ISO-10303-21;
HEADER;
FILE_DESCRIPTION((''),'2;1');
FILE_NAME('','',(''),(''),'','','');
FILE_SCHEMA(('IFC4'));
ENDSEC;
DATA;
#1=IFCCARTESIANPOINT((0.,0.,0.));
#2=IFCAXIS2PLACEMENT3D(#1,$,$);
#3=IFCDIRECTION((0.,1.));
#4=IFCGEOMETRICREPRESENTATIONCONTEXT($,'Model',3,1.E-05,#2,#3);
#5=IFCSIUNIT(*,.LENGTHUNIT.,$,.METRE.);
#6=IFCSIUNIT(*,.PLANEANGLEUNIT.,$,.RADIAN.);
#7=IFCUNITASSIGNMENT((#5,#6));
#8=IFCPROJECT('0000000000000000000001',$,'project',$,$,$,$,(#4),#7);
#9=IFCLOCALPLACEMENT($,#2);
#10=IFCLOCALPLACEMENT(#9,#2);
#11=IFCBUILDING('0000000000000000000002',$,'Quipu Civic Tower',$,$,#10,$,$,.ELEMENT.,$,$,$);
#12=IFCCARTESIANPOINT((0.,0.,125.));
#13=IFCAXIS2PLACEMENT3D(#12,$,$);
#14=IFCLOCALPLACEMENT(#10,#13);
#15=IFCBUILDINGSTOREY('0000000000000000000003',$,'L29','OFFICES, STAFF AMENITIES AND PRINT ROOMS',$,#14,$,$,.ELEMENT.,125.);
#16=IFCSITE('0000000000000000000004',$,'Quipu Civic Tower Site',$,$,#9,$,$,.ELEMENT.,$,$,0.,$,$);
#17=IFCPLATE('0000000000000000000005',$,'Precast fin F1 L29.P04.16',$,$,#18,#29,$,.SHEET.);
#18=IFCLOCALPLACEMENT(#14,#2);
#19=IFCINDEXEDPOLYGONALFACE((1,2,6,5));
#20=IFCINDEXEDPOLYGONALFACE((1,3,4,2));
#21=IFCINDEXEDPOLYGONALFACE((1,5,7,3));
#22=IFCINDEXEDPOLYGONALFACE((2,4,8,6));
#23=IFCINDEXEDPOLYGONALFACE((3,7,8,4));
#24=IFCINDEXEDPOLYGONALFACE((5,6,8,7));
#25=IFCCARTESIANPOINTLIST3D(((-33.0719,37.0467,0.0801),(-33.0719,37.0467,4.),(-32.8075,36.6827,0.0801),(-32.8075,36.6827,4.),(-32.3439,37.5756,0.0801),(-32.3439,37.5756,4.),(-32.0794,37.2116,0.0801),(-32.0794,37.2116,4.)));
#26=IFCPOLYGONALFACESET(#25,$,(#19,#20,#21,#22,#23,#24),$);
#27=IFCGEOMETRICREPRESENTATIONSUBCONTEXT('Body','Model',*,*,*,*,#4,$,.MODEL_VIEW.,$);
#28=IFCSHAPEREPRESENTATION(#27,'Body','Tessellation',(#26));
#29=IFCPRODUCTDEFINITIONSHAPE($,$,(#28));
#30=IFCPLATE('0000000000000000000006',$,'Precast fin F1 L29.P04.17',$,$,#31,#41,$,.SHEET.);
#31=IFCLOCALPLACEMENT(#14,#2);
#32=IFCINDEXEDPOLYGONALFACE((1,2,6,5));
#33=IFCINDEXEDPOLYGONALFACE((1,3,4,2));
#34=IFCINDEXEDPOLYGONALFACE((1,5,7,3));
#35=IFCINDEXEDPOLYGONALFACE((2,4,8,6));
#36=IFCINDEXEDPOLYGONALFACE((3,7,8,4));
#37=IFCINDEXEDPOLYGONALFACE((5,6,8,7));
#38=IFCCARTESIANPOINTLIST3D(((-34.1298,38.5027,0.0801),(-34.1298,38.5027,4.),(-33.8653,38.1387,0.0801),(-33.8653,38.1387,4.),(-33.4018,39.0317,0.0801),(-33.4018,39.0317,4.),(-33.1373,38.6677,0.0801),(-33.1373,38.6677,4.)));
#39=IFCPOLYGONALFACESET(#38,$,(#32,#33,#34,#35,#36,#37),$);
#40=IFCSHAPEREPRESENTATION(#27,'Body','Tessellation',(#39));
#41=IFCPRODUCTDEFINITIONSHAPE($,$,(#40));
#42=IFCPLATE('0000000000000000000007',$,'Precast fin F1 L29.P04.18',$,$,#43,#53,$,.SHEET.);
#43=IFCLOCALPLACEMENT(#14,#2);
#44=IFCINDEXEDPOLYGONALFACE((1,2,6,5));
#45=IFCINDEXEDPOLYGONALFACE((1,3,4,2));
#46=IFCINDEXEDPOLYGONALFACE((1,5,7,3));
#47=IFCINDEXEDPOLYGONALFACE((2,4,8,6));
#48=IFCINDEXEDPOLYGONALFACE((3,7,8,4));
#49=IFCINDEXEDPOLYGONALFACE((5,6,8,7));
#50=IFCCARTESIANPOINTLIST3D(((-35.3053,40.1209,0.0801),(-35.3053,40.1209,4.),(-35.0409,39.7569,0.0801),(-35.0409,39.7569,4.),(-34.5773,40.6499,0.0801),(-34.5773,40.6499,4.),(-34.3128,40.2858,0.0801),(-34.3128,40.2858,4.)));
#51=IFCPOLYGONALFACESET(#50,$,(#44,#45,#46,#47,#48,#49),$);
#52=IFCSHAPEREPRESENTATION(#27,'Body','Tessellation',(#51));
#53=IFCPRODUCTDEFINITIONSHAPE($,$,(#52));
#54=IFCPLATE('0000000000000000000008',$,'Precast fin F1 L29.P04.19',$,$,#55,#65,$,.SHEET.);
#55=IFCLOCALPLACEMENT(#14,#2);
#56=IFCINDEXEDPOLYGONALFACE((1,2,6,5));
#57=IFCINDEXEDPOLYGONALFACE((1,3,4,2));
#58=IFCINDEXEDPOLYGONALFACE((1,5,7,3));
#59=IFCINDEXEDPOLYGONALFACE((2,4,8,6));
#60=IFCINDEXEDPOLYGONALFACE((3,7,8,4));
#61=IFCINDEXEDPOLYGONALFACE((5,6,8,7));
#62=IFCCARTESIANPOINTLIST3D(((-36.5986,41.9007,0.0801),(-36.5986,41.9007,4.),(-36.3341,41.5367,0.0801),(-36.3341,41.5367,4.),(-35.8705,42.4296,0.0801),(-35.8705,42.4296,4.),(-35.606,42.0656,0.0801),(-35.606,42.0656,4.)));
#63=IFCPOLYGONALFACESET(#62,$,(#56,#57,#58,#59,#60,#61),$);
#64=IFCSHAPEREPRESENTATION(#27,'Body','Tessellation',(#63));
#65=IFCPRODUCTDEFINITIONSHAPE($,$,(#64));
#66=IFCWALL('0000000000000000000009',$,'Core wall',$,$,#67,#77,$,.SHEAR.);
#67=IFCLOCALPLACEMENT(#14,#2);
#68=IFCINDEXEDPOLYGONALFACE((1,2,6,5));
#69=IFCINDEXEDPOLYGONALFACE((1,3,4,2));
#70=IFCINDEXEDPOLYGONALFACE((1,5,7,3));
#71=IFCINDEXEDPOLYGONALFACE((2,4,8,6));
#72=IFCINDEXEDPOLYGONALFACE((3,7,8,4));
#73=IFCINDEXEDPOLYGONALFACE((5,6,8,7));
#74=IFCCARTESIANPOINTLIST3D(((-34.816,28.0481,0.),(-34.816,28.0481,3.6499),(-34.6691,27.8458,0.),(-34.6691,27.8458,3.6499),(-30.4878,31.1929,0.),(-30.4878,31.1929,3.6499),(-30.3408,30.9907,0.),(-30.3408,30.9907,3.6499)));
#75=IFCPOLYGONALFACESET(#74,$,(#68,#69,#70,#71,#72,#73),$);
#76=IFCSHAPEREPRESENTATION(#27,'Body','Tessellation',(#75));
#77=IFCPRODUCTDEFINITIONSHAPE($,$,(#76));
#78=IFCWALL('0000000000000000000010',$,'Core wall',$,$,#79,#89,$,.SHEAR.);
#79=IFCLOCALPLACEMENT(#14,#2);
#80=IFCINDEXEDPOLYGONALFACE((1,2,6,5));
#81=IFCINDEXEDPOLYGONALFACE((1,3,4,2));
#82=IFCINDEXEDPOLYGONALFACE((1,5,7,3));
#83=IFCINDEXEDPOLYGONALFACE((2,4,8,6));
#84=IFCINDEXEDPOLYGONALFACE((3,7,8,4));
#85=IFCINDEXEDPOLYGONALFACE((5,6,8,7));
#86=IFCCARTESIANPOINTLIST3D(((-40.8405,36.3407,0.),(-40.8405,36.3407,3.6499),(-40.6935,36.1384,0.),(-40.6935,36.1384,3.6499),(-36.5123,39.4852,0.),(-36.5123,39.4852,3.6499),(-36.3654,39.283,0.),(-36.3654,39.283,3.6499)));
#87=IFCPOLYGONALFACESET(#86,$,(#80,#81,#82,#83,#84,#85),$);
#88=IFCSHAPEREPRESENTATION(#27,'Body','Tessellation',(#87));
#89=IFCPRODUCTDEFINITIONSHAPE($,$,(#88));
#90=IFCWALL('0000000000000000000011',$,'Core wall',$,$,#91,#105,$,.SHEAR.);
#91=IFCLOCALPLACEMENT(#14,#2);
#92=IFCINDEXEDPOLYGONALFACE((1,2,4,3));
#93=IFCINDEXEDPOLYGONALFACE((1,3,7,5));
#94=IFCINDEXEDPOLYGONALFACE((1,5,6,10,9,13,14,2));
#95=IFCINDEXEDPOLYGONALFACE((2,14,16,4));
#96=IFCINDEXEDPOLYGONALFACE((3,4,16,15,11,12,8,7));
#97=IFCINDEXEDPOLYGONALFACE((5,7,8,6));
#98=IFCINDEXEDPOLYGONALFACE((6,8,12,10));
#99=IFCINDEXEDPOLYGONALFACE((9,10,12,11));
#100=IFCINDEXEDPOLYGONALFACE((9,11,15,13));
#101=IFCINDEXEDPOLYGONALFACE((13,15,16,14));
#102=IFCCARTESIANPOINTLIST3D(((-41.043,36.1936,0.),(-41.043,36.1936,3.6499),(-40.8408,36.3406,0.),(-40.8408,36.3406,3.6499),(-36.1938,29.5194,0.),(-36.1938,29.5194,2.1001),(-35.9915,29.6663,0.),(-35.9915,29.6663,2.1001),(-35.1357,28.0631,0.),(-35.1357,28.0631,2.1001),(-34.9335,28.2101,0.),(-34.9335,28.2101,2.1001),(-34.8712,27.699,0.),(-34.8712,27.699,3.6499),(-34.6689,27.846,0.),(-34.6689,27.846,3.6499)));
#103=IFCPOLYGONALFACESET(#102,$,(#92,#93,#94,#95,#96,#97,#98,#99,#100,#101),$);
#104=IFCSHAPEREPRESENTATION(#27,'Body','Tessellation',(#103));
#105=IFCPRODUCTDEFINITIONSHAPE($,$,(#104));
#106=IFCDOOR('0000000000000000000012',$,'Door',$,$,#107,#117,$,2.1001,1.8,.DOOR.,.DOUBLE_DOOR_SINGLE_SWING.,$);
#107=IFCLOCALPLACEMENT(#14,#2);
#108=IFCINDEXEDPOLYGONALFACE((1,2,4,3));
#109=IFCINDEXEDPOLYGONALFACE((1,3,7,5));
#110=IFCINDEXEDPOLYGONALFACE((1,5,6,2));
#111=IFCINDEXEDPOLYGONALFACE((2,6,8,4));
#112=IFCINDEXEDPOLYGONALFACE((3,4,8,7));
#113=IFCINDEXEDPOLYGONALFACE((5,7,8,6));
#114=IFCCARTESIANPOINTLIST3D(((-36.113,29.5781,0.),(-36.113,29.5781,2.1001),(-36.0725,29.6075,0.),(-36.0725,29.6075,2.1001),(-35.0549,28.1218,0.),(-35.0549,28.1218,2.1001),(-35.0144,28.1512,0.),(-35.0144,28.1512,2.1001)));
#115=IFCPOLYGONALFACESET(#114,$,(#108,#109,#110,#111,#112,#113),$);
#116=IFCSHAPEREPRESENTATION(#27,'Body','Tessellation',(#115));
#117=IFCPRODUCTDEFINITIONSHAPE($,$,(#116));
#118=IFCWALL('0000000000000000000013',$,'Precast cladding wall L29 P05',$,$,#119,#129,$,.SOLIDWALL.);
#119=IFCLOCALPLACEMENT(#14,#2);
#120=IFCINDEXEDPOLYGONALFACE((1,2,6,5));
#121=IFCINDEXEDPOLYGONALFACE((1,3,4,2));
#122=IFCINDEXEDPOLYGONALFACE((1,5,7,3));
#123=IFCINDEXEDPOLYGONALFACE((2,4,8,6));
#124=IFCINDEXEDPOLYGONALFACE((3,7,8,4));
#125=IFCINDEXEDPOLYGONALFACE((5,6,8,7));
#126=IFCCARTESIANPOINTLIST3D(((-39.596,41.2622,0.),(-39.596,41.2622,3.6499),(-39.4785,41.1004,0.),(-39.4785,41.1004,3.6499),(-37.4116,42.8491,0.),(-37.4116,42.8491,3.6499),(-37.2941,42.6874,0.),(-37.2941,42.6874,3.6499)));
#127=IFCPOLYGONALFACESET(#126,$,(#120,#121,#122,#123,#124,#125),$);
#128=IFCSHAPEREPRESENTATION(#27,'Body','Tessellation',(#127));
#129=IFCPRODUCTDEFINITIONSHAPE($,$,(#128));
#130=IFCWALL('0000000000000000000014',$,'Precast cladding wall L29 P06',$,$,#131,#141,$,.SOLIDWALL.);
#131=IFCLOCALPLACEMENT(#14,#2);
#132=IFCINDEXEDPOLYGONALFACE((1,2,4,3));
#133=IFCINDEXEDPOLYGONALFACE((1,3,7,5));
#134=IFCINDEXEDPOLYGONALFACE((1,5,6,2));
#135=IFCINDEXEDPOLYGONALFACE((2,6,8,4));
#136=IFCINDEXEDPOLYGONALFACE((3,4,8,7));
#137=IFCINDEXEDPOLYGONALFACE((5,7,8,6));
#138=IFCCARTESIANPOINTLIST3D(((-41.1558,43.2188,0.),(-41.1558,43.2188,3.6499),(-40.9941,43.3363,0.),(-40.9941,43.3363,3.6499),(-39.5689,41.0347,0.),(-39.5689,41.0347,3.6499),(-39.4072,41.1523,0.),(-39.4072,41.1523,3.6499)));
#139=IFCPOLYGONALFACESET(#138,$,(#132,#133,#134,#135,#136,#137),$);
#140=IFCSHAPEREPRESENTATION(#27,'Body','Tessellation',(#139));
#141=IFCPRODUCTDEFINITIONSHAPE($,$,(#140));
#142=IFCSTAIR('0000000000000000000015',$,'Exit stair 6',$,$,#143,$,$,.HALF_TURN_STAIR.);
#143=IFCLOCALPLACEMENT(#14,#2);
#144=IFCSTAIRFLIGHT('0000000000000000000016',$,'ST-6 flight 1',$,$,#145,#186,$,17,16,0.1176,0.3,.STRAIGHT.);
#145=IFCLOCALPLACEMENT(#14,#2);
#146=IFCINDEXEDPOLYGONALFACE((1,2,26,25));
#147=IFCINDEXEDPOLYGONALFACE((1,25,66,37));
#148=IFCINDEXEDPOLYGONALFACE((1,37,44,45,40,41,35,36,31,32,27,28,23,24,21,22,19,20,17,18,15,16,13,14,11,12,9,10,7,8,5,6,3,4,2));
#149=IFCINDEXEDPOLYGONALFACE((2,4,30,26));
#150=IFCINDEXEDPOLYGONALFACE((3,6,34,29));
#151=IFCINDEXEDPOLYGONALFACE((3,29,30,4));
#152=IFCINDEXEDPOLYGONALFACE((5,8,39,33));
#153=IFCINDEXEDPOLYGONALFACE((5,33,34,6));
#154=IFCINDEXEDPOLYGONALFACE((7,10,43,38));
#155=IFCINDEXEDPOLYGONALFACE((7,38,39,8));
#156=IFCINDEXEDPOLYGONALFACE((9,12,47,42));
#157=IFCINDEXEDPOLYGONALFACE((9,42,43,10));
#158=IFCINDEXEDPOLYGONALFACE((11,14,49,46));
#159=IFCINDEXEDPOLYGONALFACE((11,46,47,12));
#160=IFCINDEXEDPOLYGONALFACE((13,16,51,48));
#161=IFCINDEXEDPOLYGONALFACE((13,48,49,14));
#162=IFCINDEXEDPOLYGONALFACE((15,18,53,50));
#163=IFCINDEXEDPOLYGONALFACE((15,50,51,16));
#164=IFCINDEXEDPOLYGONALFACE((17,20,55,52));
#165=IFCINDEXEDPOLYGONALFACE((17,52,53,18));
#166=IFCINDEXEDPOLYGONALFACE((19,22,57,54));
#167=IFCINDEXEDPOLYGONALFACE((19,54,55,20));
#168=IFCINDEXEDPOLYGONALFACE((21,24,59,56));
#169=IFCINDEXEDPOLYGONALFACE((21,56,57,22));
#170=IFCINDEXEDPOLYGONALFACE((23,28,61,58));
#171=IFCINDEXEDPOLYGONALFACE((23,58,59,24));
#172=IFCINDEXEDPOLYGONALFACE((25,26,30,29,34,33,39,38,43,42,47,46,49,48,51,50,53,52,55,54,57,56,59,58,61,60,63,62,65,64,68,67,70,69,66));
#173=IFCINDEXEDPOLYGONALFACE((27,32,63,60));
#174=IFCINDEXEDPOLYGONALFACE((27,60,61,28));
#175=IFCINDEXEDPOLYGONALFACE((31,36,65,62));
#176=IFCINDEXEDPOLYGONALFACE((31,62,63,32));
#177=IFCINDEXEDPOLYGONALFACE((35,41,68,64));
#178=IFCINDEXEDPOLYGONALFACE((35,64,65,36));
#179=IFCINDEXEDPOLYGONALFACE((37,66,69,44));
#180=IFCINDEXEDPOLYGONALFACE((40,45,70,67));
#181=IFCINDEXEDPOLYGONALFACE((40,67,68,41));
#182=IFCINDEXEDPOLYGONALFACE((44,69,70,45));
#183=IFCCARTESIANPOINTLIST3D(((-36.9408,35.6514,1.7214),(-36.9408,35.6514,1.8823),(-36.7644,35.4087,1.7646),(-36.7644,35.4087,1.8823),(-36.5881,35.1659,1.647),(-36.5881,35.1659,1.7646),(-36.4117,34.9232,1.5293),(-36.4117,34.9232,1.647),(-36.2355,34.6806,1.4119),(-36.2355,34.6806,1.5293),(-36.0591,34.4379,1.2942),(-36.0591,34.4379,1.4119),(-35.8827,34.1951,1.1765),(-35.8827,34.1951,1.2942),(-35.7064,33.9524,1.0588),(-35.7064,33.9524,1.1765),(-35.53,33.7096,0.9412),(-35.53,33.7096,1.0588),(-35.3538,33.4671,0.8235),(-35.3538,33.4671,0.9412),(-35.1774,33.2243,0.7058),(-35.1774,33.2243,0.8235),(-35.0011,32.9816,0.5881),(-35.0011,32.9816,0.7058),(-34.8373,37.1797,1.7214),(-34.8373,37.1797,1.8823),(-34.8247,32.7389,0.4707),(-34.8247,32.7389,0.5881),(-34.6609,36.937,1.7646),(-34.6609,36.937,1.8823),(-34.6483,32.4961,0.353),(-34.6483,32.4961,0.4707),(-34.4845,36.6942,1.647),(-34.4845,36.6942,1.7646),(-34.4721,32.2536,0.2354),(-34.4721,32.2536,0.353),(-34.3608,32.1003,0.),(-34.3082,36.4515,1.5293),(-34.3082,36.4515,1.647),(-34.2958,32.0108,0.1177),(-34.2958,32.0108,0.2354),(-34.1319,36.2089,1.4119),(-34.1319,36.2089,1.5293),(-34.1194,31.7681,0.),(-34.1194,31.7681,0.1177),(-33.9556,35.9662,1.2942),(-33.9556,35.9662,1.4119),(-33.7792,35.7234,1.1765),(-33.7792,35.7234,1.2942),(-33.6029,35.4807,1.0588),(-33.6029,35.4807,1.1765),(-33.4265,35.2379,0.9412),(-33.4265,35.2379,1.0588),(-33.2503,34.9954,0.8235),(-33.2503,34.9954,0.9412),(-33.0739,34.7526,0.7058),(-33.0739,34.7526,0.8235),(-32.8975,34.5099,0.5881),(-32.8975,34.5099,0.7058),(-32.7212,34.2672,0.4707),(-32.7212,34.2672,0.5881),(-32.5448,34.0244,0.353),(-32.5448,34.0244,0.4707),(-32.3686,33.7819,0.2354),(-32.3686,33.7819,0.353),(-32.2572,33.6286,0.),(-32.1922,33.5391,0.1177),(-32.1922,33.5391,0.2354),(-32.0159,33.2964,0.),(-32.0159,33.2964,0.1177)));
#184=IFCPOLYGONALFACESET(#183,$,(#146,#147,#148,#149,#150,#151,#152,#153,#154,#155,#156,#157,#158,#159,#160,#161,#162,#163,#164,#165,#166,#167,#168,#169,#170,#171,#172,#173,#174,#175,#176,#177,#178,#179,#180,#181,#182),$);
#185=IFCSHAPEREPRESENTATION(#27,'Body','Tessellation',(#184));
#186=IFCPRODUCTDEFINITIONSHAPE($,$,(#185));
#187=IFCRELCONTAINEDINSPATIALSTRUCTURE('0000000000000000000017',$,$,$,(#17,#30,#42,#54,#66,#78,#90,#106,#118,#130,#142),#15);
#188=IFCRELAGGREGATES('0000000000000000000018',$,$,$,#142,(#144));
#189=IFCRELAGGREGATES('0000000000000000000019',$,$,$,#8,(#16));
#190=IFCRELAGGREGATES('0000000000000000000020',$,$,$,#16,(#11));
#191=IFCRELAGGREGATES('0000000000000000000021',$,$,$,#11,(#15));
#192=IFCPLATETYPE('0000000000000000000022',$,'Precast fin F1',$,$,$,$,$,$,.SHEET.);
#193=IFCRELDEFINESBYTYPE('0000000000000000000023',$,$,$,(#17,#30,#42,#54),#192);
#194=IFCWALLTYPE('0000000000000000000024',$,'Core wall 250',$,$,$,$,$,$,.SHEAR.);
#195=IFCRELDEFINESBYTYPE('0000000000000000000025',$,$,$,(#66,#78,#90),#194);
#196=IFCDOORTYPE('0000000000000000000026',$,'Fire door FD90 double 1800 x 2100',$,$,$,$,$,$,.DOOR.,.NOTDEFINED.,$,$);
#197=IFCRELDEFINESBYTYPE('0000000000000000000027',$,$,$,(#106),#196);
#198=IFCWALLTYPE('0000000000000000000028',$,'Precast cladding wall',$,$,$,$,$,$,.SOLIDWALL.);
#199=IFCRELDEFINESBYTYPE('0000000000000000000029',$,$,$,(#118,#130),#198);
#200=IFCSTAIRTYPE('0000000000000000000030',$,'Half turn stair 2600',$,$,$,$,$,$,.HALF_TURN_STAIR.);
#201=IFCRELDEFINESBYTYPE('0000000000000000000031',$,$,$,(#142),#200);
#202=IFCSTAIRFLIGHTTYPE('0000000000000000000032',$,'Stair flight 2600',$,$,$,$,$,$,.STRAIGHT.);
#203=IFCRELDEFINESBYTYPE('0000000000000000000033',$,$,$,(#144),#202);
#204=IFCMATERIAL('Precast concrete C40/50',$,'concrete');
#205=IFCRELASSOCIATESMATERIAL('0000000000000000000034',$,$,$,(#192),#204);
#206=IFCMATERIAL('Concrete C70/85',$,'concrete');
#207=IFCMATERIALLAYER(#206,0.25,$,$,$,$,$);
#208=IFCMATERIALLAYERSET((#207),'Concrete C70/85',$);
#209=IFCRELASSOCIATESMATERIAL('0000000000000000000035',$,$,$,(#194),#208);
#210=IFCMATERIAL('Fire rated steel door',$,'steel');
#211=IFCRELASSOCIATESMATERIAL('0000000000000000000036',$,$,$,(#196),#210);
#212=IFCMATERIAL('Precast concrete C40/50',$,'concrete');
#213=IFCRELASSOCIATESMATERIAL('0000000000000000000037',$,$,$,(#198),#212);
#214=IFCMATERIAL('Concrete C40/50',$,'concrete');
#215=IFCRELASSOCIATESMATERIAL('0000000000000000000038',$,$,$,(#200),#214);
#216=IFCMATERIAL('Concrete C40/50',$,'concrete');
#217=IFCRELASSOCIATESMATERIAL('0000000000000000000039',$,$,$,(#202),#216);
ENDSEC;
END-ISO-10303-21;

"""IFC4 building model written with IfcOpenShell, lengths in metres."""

from ifc_helpers import new_model, si_unit, direction, frame, frame_2d, origin, origin_2d, place, context, subcontext, project, spatial, polyline, rectangle, outline, extrude, material, layer, layer_set, type_object, element, fill, aggregate, save


model = new_model("IFC4")

# Units and contexts
model_context = context("Model", 3, precision=1e-05, world=origin(), true_north=direction((0.0, 1.0)))
body_context = subcontext(model_context, "Body", "Model", "MODEL_VIEW")
ifc_project = project(units=[si_unit("LENGTHUNIT", "METRE"), si_unit("PLANEANGLEUNIT", "RADIAN")], contexts=[model_context])

# Site, building, storey
site_placement = place(None, origin())
site = spatial("IfcSite", under=ifc_project, at=site_placement, Name="Quipu Civic Tower Site", CompositionType="ELEMENT", RefElevation=0.0)
building_placement = place(site_placement, origin())
building = spatial("IfcBuilding", under=site, at=building_placement, Name="Quipu Civic Tower", CompositionType="ELEMENT")
storey_placement = place(building_placement, frame((0.0, 0.0, 125.0)))
storey = spatial("IfcBuildingStorey", under=building, at=storey_placement, Name="L29", Description="OFFICES, STAFF AMENITIES AND PRINT ROOMS", CompositionType="ELEMENT", Elevation=125.0)

# Plates
ifc_material_1 = material(Name="Precast concrete C40/50", Category="concrete")
plate_type_1 = type_object("IfcPlateType", Name="Precast fin F1", PredefinedType="SHEET", material=ifc_material_1)
for number, where, z_axis, x_axis, name in (
    (1, (-32.5757, 37.1292, 0.0801), (0.0, 0.0, 1.0), (-0.587785, 0.809017, 0.0), "Precast fin F1 L29.P04.16"),
    (2, (-33.6335, 38.5852, 0.0801), (0.0, 0.0, 1.0), (-0.587785, 0.809017, 0.0), "Precast fin F1 L29.P04.17"),
    (3, (-34.8091, 40.2034, 0.0801), (0.0, 0.0, 1.0), (-0.587785, 0.809017, 0.0), "Precast fin F1 L29.P04.18"),
    (4, (-36.1023, 41.9832, 0.0801), (0.0, 0.0, 1.0), (-0.587785, 0.809017, 0.0), "Precast fin F1 L29.P04.19"),
):
    element("IfcPlate", number, at=place(storey_placement, frame(where, z_axis=z_axis, x_axis=x_axis)), inside=storey, type_object=plate_type_1, Name=name, PredefinedType="SHEET", context=body_context, shape_type="SweptSolid", body=[
        extrude(rectangle(XDim=0.45, YDim=0.8999, at=origin_2d()), origin(), (0.0, 0.0, 1.0), 3.9199),
    ])

# Walls
ifc_material_2 = material(Name="Concrete C70/85", Category="concrete")
ifc_layer_1 = layer(ifc_material_2, 0.25)
ifc_layer_set_1 = layer_set([ifc_layer_1], Name="Concrete C70/85")
wall_type_1 = type_object("IfcWallType", Name="Core wall 250", PredefinedType="SHEAR", material=ifc_layer_set_1)
wall_1_placement = place(storey_placement, frame((-30.4143, 31.0918, 0.0), z_axis=(0.0, 0.0, 1.0), x_axis=(-0.808998, -0.587811, 0.0)))
element("IfcWall", 5, at=wall_1_placement, inside=storey, type_object=wall_type_1, Name="Core wall", PredefinedType="SHEAR", context=body_context, shape_type="SweptSolid", body=[
    extrude(rectangle(XDim=5.3501, YDim=0.25, at=frame_2d((2.675, 0.0))), origin(), (0.0, 0.0, 1.0), 3.6499),
])
wall_2_placement = place(storey_placement, frame((-36.439, 39.384, 0.0), z_axis=(0.0, 0.0, 1.0), x_axis=(-0.80902, -0.587781, 0.0)))
element("IfcWall", 6, at=wall_2_placement, inside=storey, type_object=wall_type_1, Name="Core wall", PredefinedType="SHEAR", context=body_context, shape_type="SweptSolid", body=[
    extrude(rectangle(XDim=5.3499, YDim=0.25, at=frame_2d((2.6748, 0.0))), origin(), (0.0, 0.0, 1.0), 3.6499),
])

# Wall, opening, door
wall_3_placement = place(storey_placement, frame((-40.9419, 36.2671, 0.0), z_axis=(0.0, 0.0, 1.0), x_axis=(0.587796, -0.809009, 0.0)))
wall_3 = element("IfcWall", 7, at=wall_3_placement, inside=storey, type_object=wall_type_1, Name="Core wall", PredefinedType="SHEAR", context=body_context, shape_type="SweptSolid", body=[
    extrude(rectangle(XDim=10.5, YDim=0.25, at=frame_2d((5.25, 0.0))), origin(), (0.0, 0.0, 1.0), 3.6499),
])
opening_placement = place(wall_3_placement, frame((8.25, 0.0, 0.0)))
opening = element("IfcOpeningElement", 8, at=opening_placement, cuts=wall_3, PredefinedType="OPENING", context=body_context, shape_type="SweptSolid", body=[
    extrude(rectangle(XDim=1.8, YDim=2.1001, at=frame_2d((0.8999, 1.05))), frame((0.0, 0.135, 0.0), z_axis=(0.0, -1.0, 0.0), x_axis=(1.0, 0.0, 0.0)), (0.0, 0.0, 1.0), 0.27),
])
ifc_material_3 = material(Name="Fire rated steel door", Category="steel")
door_type = type_object("IfcDoorType", Name="Fire door FD90 double 1800 x 2100", OperationType="NOTDEFINED", PredefinedType="DOOR", material=ifc_material_3)
door_placement = place(opening_placement, origin())
door = element("IfcDoor", 9, at=door_placement, inside=storey, type_object=door_type, Name="Door", OperationType="DOUBLE_DOOR_SINGLE_SWING", OverallHeight=2.1001, OverallWidth=1.8, PredefinedType="DOOR", context=body_context, shape_type="SweptSolid", body=[
    extrude(rectangle(XDim=1.8, YDim=2.1001, at=frame_2d((0.8999, 1.05))), frame((0.0, 0.0249, 0.0), z_axis=(0.0, -1.0, 0.0), x_axis=(1.0, 0.0, 0.0)), (0.0, 0.0, 1.0), 0.05),
])
fill(opening, door)

# Walls
ifc_material_4 = material(Name="Precast concrete C40/50", Category="concrete")
wall_type_2 = type_object("IfcWallType", Name="Precast cladding wall", PredefinedType="SOLIDWALL", material=ifc_material_4)
wall_4_placement = place(storey_placement, frame((-37.3528, 42.7683, 0.0), z_axis=(0.0, 0.0, 1.0), x_axis=(-0.809033, -0.587763, 0.0)))
element("IfcWall", 10, at=wall_4_placement, inside=storey, type_object=wall_type_2, Name="Precast cladding wall L29 P05", PredefinedType="SOLIDWALL", context=body_context, shape_type="SweptSolid", body=[
    extrude(rectangle(XDim=2.7, YDim=0.2, at=frame_2d((1.3501, 0.0))), origin(), (0.0, 0.0, 1.0), 3.6499),
])
wall_5_placement = place(storey_placement, frame((-39.488, 41.0935, 0.0), z_axis=(0.0, 0.0, 1.0), x_axis=(-0.587806, 0.809002, 0.0)))
element("IfcWall", 11, at=wall_5_placement, inside=storey, type_object=wall_type_2, Name="Precast cladding wall L29 P06", PredefinedType="SOLIDWALL", context=body_context, shape_type="SweptSolid", body=[
    extrude(rectangle(XDim=2.6997, YDim=0.2, at=frame_2d((1.3499, 0.0))), origin(), (0.0, 0.0, 1.0), 3.6499),
])

# Stair, stair flight
ifc_material_5 = material(Name="Concrete C40/50", Category="concrete")
stair_type = type_object("IfcStairType", Name="Half turn stair 2600", PredefinedType="HALF_TURN_STAIR", material=ifc_material_5)
stair_placement = place(storey_placement, origin())
stair = element("IfcStair", 12, at=stair_placement, inside=storey, type_object=stair_type, Name="Exit stair 6", PredefinedType="HALF_TURN_STAIR")
ifc_material_6 = material(Name="Concrete C40/50", Category="concrete")
stair_flight_type = type_object("IfcStairFlightType", Name="Stair flight 2600", PredefinedType="STRAIGHT", material=ifc_material_6)
stair_flight_1_placement = place(storey_placement, frame((-33.0676, 32.5322, 0.0), z_axis=(0.0, 0.0, 1.0), x_axis=(-0.587785, 0.809017, 0.0)))
stair_flight_1 = element("IfcStairFlight", 13, at=stair_flight_1_placement, type_object=stair_flight_type, Name="ST-6 flight 1", NumberOfRisers=17, NumberOfTreads=16, PredefinedType="STRAIGHT", RiserHeight=0.1176, TreadLength=0.3, context=body_context, shape_type="SweptSolid", body=[
    extrude(outline(polyline([(0.0, 0.0), (0.0, 0.1177), (0.3, 0.1177), (0.3, 0.2354), (0.6001, 0.2354), (0.6001, 0.353), (0.8999, 0.353), (0.8999, 0.4707), (1.2, 0.4707), (1.2, 0.5881), (1.5, 0.5881), (1.5, 0.7058), (1.8, 0.7058), (1.8, 0.8235), (2.1001, 0.8235), (2.1001, 0.9412), (2.3999, 0.9412), (2.3999, 1.0588), (2.7, 1.0588), (2.7, 1.1765), (3.0, 1.1765), (3.0, 1.2942), (3.3, 1.2942), (3.3, 1.4119), (3.6001, 1.4119), (3.6001, 1.5293), (3.8999, 1.5293), (3.8999, 1.647), (4.2, 1.647), (4.2, 1.7646), (4.5, 1.7646), (4.5, 1.8823), (4.8, 1.8823), (4.8, 2.0), (4.8, 1.7214), (0.4106, 0.0), (0.0, 0.0)])), frame((0.0, 1.3, 0.0), z_axis=(0.0, -1.0, 0.0), x_axis=(1.0, 0.0, 0.0)), (0.0, 0.0, 1.0), 2.6001),
])
aggregate(stair, [stair_flight_1])

save(model, "model.ifc")
